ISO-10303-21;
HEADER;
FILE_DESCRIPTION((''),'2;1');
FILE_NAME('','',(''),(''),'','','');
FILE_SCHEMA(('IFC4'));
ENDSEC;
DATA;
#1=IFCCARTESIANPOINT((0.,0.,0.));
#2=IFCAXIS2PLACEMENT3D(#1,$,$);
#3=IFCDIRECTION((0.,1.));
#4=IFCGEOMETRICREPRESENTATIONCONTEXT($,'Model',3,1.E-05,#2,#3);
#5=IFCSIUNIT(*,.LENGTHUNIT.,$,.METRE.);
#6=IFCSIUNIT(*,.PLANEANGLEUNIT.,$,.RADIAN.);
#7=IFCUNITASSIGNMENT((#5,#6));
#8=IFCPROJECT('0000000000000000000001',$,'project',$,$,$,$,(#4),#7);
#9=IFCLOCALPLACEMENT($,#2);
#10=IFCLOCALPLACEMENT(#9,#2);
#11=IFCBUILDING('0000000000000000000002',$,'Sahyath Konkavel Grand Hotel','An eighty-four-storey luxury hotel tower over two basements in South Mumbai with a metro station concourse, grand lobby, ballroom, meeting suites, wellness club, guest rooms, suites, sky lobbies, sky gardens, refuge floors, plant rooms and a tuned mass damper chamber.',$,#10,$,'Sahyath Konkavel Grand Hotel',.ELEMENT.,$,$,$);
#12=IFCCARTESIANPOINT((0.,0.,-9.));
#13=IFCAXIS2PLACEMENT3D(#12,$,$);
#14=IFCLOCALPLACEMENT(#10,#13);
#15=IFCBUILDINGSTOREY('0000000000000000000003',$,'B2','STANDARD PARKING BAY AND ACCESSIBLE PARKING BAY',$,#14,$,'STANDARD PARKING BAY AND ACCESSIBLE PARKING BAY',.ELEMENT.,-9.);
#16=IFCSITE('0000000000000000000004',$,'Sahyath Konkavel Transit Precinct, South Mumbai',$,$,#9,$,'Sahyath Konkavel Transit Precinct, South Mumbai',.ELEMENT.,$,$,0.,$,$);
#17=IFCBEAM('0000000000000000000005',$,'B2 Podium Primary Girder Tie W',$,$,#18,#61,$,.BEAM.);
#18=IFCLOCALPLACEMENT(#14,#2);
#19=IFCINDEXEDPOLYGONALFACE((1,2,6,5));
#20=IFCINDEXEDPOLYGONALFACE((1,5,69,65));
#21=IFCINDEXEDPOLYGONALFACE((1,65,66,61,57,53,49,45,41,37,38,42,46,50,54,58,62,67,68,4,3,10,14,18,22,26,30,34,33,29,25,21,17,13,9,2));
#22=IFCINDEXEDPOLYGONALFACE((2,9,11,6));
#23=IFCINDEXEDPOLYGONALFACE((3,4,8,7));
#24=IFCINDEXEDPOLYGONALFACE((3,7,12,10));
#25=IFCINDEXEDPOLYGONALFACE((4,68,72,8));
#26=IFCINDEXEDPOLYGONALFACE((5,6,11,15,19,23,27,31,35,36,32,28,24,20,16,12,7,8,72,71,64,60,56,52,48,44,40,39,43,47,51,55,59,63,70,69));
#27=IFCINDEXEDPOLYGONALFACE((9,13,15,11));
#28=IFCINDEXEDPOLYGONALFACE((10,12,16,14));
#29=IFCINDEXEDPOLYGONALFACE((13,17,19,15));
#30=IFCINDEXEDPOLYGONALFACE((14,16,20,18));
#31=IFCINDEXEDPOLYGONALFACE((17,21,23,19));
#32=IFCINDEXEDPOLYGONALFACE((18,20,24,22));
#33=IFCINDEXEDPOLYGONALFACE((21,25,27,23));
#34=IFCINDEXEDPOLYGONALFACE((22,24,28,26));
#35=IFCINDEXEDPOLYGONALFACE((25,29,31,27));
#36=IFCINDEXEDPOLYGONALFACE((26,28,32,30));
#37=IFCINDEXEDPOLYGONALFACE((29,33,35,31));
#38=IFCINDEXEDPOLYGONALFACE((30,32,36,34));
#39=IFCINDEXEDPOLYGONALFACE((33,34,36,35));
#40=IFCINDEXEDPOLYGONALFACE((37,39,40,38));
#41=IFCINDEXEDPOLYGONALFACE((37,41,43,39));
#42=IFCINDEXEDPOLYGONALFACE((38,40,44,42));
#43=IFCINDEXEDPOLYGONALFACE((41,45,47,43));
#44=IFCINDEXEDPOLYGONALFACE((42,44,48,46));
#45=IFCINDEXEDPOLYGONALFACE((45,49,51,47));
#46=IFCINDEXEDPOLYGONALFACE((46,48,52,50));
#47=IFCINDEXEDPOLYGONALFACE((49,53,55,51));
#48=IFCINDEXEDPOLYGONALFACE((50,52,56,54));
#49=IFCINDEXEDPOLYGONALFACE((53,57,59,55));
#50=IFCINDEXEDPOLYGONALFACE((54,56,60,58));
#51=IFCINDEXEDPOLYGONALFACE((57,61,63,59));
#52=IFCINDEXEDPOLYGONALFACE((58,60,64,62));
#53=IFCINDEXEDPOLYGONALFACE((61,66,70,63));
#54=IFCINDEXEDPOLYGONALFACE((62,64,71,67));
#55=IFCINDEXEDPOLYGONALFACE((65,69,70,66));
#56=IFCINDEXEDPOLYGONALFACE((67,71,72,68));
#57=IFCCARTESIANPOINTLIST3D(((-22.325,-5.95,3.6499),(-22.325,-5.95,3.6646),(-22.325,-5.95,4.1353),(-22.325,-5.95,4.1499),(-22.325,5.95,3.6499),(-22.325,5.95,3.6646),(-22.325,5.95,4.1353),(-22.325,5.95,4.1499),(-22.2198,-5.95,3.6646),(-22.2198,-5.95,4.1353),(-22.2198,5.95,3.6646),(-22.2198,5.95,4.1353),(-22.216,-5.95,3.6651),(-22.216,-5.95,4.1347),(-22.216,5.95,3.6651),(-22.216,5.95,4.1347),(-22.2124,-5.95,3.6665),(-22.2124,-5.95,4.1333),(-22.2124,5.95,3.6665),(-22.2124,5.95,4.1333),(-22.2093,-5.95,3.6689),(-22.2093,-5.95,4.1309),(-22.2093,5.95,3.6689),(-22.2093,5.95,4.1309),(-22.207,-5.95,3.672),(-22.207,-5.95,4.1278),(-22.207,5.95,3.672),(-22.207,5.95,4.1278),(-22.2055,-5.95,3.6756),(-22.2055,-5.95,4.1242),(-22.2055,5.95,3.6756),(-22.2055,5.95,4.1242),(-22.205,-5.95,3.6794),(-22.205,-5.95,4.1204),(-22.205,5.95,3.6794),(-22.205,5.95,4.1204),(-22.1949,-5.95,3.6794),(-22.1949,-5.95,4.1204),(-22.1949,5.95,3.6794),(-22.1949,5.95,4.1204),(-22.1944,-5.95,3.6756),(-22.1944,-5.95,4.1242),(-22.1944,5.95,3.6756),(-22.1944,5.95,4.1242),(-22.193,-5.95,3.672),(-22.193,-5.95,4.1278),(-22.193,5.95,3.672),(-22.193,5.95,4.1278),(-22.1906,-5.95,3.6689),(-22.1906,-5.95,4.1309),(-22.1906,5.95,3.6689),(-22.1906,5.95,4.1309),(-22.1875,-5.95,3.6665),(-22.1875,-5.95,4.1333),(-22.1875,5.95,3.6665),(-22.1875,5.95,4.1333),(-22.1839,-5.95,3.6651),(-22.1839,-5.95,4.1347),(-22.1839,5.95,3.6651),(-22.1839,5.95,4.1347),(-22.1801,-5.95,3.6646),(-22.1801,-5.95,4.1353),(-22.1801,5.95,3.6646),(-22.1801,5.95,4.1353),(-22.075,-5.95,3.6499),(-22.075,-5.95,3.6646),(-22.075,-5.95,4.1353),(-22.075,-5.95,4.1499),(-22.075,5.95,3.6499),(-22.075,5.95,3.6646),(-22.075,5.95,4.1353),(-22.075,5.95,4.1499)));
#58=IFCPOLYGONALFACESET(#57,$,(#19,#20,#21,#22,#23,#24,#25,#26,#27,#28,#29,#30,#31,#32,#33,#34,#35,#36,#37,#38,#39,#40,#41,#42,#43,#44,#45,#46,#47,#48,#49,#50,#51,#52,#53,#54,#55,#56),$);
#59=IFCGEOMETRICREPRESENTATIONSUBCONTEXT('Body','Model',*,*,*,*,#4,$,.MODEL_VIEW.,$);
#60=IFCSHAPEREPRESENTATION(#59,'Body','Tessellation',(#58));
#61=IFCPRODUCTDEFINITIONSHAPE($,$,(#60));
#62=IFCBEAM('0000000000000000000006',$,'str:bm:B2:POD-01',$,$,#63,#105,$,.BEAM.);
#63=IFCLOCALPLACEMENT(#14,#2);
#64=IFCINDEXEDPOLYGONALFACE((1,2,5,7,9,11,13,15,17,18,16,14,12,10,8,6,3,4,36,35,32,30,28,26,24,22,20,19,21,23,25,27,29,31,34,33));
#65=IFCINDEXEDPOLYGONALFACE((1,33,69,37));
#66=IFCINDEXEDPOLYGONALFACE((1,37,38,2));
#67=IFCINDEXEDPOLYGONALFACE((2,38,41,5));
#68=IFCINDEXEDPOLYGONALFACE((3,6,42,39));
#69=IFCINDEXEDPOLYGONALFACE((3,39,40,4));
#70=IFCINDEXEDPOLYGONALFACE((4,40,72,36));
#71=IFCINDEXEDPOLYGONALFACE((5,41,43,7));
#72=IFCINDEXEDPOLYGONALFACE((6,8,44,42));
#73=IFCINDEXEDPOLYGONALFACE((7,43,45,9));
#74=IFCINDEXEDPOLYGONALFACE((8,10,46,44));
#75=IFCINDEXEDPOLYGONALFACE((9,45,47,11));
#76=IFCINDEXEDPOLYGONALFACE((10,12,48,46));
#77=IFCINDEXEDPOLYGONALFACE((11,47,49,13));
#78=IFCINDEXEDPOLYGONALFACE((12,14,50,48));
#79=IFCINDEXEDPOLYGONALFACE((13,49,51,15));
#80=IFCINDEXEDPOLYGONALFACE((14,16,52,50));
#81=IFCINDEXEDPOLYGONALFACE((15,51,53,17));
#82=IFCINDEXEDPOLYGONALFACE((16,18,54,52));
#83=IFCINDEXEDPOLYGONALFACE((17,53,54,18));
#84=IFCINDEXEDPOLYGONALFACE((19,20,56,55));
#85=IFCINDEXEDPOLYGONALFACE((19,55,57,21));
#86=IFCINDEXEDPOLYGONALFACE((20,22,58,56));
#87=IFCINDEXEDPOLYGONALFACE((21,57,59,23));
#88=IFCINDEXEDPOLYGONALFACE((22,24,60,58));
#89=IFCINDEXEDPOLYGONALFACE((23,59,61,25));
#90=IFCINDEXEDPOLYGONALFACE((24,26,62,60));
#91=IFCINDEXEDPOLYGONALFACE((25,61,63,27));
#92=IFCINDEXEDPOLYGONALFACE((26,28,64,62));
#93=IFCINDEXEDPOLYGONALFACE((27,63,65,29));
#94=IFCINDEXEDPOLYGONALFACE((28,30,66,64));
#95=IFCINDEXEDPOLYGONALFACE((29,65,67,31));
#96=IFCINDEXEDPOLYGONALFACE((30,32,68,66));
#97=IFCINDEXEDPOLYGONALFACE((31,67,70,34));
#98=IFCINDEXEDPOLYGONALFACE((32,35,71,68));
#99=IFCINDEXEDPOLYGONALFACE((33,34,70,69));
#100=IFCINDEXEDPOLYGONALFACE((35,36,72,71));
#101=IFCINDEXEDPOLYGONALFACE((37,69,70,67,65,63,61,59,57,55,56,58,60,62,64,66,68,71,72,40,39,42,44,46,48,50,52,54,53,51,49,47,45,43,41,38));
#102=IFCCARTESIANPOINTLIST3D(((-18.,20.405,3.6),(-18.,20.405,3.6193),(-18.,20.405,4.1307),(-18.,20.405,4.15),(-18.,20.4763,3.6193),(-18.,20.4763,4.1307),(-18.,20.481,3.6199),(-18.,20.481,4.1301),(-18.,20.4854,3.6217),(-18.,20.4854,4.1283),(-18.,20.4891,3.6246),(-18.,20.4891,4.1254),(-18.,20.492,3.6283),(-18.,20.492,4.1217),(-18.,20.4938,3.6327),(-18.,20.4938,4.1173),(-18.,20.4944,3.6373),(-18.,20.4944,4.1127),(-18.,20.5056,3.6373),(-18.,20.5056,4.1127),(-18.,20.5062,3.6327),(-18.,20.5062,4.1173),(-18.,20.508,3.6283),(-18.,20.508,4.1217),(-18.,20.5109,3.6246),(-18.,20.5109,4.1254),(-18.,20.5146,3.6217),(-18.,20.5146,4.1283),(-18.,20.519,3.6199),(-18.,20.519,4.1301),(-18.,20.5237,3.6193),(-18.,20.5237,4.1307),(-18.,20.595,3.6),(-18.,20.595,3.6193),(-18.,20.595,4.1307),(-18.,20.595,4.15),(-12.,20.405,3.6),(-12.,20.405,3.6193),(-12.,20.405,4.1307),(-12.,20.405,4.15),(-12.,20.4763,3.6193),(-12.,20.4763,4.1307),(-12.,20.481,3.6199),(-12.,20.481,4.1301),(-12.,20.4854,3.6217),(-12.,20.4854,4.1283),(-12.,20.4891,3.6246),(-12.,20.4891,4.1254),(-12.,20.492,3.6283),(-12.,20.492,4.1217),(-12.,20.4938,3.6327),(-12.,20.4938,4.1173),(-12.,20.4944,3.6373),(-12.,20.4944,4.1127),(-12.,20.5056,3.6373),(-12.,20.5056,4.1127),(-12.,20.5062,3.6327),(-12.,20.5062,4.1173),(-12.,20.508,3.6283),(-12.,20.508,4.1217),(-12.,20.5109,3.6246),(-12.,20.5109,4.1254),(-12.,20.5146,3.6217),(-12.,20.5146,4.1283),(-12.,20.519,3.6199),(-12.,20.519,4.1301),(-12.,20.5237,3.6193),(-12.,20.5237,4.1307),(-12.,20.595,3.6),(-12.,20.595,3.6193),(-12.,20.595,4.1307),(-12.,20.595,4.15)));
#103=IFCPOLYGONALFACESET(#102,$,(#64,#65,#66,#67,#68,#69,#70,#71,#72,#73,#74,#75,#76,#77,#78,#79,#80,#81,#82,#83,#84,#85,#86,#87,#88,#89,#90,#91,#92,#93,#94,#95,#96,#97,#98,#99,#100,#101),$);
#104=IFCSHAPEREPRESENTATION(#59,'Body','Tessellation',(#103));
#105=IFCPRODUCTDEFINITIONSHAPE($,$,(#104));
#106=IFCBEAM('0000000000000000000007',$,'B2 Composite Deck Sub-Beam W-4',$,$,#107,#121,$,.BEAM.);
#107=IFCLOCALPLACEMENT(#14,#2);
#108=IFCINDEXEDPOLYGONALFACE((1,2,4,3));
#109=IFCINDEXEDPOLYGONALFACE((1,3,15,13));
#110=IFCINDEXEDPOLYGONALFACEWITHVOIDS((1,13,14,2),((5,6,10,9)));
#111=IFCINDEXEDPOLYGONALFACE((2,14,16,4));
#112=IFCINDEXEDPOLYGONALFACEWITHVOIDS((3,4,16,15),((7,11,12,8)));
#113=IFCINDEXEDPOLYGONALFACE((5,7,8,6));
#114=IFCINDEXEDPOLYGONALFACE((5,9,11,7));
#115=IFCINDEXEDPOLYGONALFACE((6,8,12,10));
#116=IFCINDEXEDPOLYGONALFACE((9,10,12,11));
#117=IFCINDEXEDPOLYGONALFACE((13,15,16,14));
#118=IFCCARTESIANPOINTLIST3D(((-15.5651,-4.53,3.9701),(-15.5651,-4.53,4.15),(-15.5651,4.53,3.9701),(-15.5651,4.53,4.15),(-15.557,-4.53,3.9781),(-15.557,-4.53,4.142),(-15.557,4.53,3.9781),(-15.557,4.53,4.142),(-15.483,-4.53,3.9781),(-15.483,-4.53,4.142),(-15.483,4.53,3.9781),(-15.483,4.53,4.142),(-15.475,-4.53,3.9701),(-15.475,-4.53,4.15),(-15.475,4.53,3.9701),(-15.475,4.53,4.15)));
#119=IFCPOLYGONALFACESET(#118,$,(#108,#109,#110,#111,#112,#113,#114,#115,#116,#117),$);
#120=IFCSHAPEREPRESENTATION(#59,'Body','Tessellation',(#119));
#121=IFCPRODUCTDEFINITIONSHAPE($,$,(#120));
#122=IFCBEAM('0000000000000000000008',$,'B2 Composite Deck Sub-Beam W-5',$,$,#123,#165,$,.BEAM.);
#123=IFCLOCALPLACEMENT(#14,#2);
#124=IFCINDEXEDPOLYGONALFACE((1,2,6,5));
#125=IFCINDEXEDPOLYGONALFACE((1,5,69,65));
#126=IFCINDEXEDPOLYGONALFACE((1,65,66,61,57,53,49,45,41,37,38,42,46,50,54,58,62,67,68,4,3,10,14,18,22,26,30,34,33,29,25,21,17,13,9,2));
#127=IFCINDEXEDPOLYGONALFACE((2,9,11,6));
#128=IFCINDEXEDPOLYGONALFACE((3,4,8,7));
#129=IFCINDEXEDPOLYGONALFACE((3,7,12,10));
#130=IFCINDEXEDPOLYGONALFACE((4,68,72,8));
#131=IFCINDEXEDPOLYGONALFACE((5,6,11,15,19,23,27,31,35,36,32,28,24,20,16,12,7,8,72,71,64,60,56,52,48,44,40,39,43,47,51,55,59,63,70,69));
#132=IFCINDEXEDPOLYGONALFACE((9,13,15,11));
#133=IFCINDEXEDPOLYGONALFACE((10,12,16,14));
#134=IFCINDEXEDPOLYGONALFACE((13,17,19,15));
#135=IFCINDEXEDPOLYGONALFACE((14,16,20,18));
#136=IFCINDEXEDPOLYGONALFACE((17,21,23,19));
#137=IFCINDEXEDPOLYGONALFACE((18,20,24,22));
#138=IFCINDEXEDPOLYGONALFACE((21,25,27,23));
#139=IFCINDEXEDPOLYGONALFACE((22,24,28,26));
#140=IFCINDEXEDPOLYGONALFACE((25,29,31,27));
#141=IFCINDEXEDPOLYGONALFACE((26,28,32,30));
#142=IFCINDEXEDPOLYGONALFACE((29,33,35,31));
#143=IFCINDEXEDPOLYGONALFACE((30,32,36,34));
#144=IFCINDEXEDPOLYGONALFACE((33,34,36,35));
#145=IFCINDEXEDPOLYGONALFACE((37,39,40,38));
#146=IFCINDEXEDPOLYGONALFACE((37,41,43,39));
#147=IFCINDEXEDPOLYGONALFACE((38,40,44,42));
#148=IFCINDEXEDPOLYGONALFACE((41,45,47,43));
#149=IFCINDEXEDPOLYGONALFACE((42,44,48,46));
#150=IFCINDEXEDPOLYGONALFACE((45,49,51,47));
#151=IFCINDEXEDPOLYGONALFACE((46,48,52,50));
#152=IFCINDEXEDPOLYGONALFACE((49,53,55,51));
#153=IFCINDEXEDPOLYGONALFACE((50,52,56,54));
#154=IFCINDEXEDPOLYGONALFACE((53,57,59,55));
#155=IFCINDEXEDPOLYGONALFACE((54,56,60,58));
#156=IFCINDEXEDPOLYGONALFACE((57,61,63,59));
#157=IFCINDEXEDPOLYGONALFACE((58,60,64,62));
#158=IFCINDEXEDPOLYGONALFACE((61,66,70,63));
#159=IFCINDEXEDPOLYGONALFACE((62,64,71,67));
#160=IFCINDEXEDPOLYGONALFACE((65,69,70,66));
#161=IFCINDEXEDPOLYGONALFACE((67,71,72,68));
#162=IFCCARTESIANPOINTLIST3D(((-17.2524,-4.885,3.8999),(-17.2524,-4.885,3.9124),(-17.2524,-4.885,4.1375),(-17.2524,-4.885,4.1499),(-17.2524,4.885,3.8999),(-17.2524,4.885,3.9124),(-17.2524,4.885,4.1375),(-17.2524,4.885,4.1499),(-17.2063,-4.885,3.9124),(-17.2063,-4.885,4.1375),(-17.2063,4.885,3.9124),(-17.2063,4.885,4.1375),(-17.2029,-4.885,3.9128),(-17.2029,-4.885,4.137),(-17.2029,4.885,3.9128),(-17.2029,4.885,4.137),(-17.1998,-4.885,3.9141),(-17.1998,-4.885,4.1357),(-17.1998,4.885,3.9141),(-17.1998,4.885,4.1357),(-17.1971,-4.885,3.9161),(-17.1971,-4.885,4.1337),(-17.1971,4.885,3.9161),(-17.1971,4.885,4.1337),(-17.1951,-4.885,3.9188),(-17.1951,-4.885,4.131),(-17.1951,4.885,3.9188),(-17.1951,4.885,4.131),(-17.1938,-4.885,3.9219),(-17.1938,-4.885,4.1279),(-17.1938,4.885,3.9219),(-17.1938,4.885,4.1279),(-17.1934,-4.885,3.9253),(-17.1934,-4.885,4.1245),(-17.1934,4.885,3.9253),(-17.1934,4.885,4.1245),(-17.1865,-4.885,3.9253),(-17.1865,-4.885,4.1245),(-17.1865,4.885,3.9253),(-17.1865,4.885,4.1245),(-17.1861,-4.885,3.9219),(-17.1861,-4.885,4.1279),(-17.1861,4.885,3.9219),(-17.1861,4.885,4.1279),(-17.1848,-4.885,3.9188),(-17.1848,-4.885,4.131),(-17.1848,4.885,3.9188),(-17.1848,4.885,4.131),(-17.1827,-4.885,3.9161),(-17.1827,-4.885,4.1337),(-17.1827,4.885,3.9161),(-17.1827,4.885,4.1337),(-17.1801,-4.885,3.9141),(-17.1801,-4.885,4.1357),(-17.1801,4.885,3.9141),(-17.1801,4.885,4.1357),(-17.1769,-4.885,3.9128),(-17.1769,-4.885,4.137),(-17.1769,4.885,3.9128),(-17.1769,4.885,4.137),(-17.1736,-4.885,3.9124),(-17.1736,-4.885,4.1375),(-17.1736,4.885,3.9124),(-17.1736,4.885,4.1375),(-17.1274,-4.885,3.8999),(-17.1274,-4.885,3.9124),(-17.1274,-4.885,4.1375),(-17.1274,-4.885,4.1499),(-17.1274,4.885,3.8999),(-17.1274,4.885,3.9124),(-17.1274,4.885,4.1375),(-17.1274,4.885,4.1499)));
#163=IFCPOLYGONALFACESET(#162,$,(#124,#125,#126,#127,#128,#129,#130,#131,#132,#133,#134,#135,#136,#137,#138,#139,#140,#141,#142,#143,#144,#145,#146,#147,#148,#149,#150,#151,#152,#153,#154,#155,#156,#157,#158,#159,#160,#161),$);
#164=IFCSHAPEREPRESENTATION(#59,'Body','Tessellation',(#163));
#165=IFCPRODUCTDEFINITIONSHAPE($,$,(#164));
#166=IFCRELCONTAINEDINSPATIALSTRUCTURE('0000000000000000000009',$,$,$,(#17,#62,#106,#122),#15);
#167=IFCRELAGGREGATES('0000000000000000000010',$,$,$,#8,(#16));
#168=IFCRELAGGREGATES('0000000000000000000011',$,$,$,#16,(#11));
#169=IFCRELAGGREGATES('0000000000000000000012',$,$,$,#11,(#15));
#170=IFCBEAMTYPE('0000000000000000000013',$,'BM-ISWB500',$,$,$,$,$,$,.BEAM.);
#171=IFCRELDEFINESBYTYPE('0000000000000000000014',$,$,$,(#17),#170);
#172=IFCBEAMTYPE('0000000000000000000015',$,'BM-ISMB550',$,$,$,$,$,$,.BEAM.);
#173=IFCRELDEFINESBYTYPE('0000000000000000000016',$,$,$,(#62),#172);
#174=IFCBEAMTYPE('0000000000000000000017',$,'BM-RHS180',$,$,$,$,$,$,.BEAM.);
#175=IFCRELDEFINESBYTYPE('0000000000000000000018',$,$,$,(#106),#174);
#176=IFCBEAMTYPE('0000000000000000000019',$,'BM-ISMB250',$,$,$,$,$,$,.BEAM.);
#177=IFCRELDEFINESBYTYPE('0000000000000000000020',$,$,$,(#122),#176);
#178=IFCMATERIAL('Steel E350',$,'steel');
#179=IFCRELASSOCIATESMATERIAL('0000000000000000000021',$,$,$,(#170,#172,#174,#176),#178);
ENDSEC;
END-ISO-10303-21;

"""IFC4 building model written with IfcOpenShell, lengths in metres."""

from ifc_helpers import new_model, si_unit, direction, frame, origin, origin_2d, place, context, subcontext, project, spatial, hollow_rectangle, i_section, extrude, source, transform, mapped, material, material_profile, profile_set, type_object, element, save


model = new_model("IFC4")

# Units and contexts
model_context = context("Model", 3, precision=1e-05, world=origin(), true_north=direction((0.0, 1.0)))
body_context = subcontext(model_context, "Body", "Model", "MODEL_VIEW")
ifc_project = project(units=[si_unit("LENGTHUNIT", "METRE"), si_unit("PLANEANGLEUNIT", "RADIAN")], contexts=[model_context])

# Site, building, storey
site_placement = place(None, origin())
site = spatial("IfcSite", under=ifc_project, at=site_placement, Name="Sahyath Konkavel Transit Precinct, South Mumbai", LongName="Sahyath Konkavel Transit Precinct, South Mumbai", CompositionType="ELEMENT", RefElevation=0.0)
building_placement = place(site_placement, origin())
building = spatial("IfcBuilding", under=site, at=building_placement, Name="Sahyath Konkavel Grand Hotel", Description="An eighty-four-storey luxury hotel tower over two basements in South Mumbai with a metro station concourse, grand lobby, ballroom, meeting suites, wellness club, guest rooms, suites, sky lobbies, sky gardens, refuge floors, plant rooms and a tuned mass damper chamber.", LongName="Sahyath Konkavel Grand Hotel", CompositionType="ELEMENT")
storey_placement = place(building_placement, frame((0.0, 0.0, -9.0)))
storey = spatial("IfcBuildingStorey", under=building, at=storey_placement, Name="B2", Description="STANDARD PARKING BAY AND ACCESSIBLE PARKING BAY", LongName="STANDARD PARKING BAY AND ACCESSIBLE PARKING BAY", CompositionType="ELEMENT", Elevation=-9.0)

# Beams
ifc_material_1 = material(Name="Steel E350", Category="steel")
ifc_material_profile_1 = material_profile(ifc_material_1, i_section(OverallWidth=0.25, OverallDepth=0.5, WebThickness=0.01, FlangeThickness=0.0146, FilletRadius=0.0149, at=origin_2d()), Name="ISWB 500")
ifc_profile_set_1 = profile_set([ifc_material_profile_1], Name="Steel E350")
beam_type_1 = type_object("IfcBeamType", Name="BM-ISWB500", PredefinedType="BEAM", material=ifc_profile_set_1)
shared_shape_1 = source(origin(), body_context, "Body", "SweptSolid", [
    extrude(i_section(OverallWidth=0.25, OverallDepth=0.5, WebThickness=0.01, FlangeThickness=0.0146, FilletRadius=0.0149, at=origin_2d()), origin(), (0.0, 0.0, 1.0), 11.8999),
])
beam_1_placement = place(storey_placement, frame((-22.2, 5.95, 3.8999), z_axis=(0.0, -1.0, 0.0), x_axis=(1.0, 0.0, 0.0)))
element("IfcBeam", 1, at=beam_1_placement, inside=storey, type_object=beam_type_1, Name="B2 Podium Primary Girder Tie W", PredefinedType="BEAM", context=body_context, shape_type="MappedRepresentation", body=[
    mapped(shared_shape_1, transform((0.0, 0.0, 0.0), scale=1.0)),
])
ifc_material_profile_2 = material_profile(ifc_material_1, i_section(OverallWidth=0.1899, OverallDepth=0.55, WebThickness=0.0112, FlangeThickness=0.0193, FilletRadius=0.0181, at=origin_2d()), Name="ISMB 550")
ifc_profile_set_2 = profile_set([ifc_material_profile_2], Name="Steel E350")
beam_type_2 = type_object("IfcBeamType", Name="BM-ISMB550", PredefinedType="BEAM", material=ifc_profile_set_2)
shared_shape_2 = source(origin(), body_context, "Body", "SweptSolid", [
    extrude(i_section(OverallWidth=0.1899, OverallDepth=0.55, WebThickness=0.0112, FlangeThickness=0.0193, FilletRadius=0.0181, at=origin_2d()), origin(), (0.0, 0.0, 1.0), 6.0),
])
beam_2_placement = place(storey_placement, frame((-18.0, 20.5, 3.875), z_axis=(1.0, 0.0, 0.0), x_axis=(0.0, 1.0, 0.0)))
element("IfcBeam", 2, at=beam_2_placement, inside=storey, type_object=beam_type_2, Name="str:bm:B2:POD-01", PredefinedType="BEAM", context=body_context, shape_type="MappedRepresentation", body=[
    mapped(shared_shape_2, transform((0.0, 0.0, 0.0), scale=1.0)),
])
ifc_material_profile_3 = material_profile(ifc_material_1, hollow_rectangle(XDim=0.0901, YDim=0.1799, WallThickness=0.0081, at=origin_2d()), Name="RHS 180x90x8")
ifc_profile_set_3 = profile_set([ifc_material_profile_3], Name="Steel E350")
beam_type_3 = type_object("IfcBeamType", Name="BM-RHS180", PredefinedType="BEAM", material=ifc_profile_set_3)
shared_shape_3 = source(origin(), body_context, "Body", "SweptSolid", [
    extrude(hollow_rectangle(XDim=0.0901, YDim=0.1799, WallThickness=0.0081, at=origin_2d()), origin(), (0.0, 0.0, 1.0), 9.0601),
])
beam_3_placement = place(storey_placement, frame((-15.52, 4.53, 4.0601), z_axis=(0.0, -1.0, 0.0), x_axis=(1.0, 0.0, 0.0)))
element("IfcBeam", 3, at=beam_3_placement, inside=storey, type_object=beam_type_3, Name="B2 Composite Deck Sub-Beam W-4", PredefinedType="BEAM", context=body_context, shape_type="MappedRepresentation", body=[
    mapped(shared_shape_3, transform((0.0, 0.0, 0.0), scale=1.0)),
])
ifc_material_profile_4 = material_profile(ifc_material_1, i_section(OverallWidth=0.125, OverallDepth=0.25, WebThickness=0.0068, FlangeThickness=0.0125, FilletRadius=0.0129, at=origin_2d()), Name="ISMB 250")
ifc_profile_set_4 = profile_set([ifc_material_profile_4], Name="Steel E350")
beam_type_4 = type_object("IfcBeamType", Name="BM-ISMB250", PredefinedType="BEAM", material=ifc_profile_set_4)
shared_shape_4 = source(origin(), body_context, "Body", "SweptSolid", [
    extrude(i_section(OverallWidth=0.125, OverallDepth=0.25, WebThickness=0.0068, FlangeThickness=0.0125, FilletRadius=0.0129, at=origin_2d()), origin(), (0.0, 0.0, 1.0), 9.77),
])
beam_4_placement = place(storey_placement, frame((-17.1899, 4.885, 4.0249), z_axis=(0.0, -1.0, 0.0), x_axis=(1.0, 0.0, 0.0)))
element("IfcBeam", 4, at=beam_4_placement, inside=storey, type_object=beam_type_4, Name="B2 Composite Deck Sub-Beam W-5", PredefinedType="BEAM", context=body_context, shape_type="MappedRepresentation", body=[
    mapped(shared_shape_4, transform((0.0, 0.0, 0.0), scale=1.0)),
])

save(model, "model.ifc")
